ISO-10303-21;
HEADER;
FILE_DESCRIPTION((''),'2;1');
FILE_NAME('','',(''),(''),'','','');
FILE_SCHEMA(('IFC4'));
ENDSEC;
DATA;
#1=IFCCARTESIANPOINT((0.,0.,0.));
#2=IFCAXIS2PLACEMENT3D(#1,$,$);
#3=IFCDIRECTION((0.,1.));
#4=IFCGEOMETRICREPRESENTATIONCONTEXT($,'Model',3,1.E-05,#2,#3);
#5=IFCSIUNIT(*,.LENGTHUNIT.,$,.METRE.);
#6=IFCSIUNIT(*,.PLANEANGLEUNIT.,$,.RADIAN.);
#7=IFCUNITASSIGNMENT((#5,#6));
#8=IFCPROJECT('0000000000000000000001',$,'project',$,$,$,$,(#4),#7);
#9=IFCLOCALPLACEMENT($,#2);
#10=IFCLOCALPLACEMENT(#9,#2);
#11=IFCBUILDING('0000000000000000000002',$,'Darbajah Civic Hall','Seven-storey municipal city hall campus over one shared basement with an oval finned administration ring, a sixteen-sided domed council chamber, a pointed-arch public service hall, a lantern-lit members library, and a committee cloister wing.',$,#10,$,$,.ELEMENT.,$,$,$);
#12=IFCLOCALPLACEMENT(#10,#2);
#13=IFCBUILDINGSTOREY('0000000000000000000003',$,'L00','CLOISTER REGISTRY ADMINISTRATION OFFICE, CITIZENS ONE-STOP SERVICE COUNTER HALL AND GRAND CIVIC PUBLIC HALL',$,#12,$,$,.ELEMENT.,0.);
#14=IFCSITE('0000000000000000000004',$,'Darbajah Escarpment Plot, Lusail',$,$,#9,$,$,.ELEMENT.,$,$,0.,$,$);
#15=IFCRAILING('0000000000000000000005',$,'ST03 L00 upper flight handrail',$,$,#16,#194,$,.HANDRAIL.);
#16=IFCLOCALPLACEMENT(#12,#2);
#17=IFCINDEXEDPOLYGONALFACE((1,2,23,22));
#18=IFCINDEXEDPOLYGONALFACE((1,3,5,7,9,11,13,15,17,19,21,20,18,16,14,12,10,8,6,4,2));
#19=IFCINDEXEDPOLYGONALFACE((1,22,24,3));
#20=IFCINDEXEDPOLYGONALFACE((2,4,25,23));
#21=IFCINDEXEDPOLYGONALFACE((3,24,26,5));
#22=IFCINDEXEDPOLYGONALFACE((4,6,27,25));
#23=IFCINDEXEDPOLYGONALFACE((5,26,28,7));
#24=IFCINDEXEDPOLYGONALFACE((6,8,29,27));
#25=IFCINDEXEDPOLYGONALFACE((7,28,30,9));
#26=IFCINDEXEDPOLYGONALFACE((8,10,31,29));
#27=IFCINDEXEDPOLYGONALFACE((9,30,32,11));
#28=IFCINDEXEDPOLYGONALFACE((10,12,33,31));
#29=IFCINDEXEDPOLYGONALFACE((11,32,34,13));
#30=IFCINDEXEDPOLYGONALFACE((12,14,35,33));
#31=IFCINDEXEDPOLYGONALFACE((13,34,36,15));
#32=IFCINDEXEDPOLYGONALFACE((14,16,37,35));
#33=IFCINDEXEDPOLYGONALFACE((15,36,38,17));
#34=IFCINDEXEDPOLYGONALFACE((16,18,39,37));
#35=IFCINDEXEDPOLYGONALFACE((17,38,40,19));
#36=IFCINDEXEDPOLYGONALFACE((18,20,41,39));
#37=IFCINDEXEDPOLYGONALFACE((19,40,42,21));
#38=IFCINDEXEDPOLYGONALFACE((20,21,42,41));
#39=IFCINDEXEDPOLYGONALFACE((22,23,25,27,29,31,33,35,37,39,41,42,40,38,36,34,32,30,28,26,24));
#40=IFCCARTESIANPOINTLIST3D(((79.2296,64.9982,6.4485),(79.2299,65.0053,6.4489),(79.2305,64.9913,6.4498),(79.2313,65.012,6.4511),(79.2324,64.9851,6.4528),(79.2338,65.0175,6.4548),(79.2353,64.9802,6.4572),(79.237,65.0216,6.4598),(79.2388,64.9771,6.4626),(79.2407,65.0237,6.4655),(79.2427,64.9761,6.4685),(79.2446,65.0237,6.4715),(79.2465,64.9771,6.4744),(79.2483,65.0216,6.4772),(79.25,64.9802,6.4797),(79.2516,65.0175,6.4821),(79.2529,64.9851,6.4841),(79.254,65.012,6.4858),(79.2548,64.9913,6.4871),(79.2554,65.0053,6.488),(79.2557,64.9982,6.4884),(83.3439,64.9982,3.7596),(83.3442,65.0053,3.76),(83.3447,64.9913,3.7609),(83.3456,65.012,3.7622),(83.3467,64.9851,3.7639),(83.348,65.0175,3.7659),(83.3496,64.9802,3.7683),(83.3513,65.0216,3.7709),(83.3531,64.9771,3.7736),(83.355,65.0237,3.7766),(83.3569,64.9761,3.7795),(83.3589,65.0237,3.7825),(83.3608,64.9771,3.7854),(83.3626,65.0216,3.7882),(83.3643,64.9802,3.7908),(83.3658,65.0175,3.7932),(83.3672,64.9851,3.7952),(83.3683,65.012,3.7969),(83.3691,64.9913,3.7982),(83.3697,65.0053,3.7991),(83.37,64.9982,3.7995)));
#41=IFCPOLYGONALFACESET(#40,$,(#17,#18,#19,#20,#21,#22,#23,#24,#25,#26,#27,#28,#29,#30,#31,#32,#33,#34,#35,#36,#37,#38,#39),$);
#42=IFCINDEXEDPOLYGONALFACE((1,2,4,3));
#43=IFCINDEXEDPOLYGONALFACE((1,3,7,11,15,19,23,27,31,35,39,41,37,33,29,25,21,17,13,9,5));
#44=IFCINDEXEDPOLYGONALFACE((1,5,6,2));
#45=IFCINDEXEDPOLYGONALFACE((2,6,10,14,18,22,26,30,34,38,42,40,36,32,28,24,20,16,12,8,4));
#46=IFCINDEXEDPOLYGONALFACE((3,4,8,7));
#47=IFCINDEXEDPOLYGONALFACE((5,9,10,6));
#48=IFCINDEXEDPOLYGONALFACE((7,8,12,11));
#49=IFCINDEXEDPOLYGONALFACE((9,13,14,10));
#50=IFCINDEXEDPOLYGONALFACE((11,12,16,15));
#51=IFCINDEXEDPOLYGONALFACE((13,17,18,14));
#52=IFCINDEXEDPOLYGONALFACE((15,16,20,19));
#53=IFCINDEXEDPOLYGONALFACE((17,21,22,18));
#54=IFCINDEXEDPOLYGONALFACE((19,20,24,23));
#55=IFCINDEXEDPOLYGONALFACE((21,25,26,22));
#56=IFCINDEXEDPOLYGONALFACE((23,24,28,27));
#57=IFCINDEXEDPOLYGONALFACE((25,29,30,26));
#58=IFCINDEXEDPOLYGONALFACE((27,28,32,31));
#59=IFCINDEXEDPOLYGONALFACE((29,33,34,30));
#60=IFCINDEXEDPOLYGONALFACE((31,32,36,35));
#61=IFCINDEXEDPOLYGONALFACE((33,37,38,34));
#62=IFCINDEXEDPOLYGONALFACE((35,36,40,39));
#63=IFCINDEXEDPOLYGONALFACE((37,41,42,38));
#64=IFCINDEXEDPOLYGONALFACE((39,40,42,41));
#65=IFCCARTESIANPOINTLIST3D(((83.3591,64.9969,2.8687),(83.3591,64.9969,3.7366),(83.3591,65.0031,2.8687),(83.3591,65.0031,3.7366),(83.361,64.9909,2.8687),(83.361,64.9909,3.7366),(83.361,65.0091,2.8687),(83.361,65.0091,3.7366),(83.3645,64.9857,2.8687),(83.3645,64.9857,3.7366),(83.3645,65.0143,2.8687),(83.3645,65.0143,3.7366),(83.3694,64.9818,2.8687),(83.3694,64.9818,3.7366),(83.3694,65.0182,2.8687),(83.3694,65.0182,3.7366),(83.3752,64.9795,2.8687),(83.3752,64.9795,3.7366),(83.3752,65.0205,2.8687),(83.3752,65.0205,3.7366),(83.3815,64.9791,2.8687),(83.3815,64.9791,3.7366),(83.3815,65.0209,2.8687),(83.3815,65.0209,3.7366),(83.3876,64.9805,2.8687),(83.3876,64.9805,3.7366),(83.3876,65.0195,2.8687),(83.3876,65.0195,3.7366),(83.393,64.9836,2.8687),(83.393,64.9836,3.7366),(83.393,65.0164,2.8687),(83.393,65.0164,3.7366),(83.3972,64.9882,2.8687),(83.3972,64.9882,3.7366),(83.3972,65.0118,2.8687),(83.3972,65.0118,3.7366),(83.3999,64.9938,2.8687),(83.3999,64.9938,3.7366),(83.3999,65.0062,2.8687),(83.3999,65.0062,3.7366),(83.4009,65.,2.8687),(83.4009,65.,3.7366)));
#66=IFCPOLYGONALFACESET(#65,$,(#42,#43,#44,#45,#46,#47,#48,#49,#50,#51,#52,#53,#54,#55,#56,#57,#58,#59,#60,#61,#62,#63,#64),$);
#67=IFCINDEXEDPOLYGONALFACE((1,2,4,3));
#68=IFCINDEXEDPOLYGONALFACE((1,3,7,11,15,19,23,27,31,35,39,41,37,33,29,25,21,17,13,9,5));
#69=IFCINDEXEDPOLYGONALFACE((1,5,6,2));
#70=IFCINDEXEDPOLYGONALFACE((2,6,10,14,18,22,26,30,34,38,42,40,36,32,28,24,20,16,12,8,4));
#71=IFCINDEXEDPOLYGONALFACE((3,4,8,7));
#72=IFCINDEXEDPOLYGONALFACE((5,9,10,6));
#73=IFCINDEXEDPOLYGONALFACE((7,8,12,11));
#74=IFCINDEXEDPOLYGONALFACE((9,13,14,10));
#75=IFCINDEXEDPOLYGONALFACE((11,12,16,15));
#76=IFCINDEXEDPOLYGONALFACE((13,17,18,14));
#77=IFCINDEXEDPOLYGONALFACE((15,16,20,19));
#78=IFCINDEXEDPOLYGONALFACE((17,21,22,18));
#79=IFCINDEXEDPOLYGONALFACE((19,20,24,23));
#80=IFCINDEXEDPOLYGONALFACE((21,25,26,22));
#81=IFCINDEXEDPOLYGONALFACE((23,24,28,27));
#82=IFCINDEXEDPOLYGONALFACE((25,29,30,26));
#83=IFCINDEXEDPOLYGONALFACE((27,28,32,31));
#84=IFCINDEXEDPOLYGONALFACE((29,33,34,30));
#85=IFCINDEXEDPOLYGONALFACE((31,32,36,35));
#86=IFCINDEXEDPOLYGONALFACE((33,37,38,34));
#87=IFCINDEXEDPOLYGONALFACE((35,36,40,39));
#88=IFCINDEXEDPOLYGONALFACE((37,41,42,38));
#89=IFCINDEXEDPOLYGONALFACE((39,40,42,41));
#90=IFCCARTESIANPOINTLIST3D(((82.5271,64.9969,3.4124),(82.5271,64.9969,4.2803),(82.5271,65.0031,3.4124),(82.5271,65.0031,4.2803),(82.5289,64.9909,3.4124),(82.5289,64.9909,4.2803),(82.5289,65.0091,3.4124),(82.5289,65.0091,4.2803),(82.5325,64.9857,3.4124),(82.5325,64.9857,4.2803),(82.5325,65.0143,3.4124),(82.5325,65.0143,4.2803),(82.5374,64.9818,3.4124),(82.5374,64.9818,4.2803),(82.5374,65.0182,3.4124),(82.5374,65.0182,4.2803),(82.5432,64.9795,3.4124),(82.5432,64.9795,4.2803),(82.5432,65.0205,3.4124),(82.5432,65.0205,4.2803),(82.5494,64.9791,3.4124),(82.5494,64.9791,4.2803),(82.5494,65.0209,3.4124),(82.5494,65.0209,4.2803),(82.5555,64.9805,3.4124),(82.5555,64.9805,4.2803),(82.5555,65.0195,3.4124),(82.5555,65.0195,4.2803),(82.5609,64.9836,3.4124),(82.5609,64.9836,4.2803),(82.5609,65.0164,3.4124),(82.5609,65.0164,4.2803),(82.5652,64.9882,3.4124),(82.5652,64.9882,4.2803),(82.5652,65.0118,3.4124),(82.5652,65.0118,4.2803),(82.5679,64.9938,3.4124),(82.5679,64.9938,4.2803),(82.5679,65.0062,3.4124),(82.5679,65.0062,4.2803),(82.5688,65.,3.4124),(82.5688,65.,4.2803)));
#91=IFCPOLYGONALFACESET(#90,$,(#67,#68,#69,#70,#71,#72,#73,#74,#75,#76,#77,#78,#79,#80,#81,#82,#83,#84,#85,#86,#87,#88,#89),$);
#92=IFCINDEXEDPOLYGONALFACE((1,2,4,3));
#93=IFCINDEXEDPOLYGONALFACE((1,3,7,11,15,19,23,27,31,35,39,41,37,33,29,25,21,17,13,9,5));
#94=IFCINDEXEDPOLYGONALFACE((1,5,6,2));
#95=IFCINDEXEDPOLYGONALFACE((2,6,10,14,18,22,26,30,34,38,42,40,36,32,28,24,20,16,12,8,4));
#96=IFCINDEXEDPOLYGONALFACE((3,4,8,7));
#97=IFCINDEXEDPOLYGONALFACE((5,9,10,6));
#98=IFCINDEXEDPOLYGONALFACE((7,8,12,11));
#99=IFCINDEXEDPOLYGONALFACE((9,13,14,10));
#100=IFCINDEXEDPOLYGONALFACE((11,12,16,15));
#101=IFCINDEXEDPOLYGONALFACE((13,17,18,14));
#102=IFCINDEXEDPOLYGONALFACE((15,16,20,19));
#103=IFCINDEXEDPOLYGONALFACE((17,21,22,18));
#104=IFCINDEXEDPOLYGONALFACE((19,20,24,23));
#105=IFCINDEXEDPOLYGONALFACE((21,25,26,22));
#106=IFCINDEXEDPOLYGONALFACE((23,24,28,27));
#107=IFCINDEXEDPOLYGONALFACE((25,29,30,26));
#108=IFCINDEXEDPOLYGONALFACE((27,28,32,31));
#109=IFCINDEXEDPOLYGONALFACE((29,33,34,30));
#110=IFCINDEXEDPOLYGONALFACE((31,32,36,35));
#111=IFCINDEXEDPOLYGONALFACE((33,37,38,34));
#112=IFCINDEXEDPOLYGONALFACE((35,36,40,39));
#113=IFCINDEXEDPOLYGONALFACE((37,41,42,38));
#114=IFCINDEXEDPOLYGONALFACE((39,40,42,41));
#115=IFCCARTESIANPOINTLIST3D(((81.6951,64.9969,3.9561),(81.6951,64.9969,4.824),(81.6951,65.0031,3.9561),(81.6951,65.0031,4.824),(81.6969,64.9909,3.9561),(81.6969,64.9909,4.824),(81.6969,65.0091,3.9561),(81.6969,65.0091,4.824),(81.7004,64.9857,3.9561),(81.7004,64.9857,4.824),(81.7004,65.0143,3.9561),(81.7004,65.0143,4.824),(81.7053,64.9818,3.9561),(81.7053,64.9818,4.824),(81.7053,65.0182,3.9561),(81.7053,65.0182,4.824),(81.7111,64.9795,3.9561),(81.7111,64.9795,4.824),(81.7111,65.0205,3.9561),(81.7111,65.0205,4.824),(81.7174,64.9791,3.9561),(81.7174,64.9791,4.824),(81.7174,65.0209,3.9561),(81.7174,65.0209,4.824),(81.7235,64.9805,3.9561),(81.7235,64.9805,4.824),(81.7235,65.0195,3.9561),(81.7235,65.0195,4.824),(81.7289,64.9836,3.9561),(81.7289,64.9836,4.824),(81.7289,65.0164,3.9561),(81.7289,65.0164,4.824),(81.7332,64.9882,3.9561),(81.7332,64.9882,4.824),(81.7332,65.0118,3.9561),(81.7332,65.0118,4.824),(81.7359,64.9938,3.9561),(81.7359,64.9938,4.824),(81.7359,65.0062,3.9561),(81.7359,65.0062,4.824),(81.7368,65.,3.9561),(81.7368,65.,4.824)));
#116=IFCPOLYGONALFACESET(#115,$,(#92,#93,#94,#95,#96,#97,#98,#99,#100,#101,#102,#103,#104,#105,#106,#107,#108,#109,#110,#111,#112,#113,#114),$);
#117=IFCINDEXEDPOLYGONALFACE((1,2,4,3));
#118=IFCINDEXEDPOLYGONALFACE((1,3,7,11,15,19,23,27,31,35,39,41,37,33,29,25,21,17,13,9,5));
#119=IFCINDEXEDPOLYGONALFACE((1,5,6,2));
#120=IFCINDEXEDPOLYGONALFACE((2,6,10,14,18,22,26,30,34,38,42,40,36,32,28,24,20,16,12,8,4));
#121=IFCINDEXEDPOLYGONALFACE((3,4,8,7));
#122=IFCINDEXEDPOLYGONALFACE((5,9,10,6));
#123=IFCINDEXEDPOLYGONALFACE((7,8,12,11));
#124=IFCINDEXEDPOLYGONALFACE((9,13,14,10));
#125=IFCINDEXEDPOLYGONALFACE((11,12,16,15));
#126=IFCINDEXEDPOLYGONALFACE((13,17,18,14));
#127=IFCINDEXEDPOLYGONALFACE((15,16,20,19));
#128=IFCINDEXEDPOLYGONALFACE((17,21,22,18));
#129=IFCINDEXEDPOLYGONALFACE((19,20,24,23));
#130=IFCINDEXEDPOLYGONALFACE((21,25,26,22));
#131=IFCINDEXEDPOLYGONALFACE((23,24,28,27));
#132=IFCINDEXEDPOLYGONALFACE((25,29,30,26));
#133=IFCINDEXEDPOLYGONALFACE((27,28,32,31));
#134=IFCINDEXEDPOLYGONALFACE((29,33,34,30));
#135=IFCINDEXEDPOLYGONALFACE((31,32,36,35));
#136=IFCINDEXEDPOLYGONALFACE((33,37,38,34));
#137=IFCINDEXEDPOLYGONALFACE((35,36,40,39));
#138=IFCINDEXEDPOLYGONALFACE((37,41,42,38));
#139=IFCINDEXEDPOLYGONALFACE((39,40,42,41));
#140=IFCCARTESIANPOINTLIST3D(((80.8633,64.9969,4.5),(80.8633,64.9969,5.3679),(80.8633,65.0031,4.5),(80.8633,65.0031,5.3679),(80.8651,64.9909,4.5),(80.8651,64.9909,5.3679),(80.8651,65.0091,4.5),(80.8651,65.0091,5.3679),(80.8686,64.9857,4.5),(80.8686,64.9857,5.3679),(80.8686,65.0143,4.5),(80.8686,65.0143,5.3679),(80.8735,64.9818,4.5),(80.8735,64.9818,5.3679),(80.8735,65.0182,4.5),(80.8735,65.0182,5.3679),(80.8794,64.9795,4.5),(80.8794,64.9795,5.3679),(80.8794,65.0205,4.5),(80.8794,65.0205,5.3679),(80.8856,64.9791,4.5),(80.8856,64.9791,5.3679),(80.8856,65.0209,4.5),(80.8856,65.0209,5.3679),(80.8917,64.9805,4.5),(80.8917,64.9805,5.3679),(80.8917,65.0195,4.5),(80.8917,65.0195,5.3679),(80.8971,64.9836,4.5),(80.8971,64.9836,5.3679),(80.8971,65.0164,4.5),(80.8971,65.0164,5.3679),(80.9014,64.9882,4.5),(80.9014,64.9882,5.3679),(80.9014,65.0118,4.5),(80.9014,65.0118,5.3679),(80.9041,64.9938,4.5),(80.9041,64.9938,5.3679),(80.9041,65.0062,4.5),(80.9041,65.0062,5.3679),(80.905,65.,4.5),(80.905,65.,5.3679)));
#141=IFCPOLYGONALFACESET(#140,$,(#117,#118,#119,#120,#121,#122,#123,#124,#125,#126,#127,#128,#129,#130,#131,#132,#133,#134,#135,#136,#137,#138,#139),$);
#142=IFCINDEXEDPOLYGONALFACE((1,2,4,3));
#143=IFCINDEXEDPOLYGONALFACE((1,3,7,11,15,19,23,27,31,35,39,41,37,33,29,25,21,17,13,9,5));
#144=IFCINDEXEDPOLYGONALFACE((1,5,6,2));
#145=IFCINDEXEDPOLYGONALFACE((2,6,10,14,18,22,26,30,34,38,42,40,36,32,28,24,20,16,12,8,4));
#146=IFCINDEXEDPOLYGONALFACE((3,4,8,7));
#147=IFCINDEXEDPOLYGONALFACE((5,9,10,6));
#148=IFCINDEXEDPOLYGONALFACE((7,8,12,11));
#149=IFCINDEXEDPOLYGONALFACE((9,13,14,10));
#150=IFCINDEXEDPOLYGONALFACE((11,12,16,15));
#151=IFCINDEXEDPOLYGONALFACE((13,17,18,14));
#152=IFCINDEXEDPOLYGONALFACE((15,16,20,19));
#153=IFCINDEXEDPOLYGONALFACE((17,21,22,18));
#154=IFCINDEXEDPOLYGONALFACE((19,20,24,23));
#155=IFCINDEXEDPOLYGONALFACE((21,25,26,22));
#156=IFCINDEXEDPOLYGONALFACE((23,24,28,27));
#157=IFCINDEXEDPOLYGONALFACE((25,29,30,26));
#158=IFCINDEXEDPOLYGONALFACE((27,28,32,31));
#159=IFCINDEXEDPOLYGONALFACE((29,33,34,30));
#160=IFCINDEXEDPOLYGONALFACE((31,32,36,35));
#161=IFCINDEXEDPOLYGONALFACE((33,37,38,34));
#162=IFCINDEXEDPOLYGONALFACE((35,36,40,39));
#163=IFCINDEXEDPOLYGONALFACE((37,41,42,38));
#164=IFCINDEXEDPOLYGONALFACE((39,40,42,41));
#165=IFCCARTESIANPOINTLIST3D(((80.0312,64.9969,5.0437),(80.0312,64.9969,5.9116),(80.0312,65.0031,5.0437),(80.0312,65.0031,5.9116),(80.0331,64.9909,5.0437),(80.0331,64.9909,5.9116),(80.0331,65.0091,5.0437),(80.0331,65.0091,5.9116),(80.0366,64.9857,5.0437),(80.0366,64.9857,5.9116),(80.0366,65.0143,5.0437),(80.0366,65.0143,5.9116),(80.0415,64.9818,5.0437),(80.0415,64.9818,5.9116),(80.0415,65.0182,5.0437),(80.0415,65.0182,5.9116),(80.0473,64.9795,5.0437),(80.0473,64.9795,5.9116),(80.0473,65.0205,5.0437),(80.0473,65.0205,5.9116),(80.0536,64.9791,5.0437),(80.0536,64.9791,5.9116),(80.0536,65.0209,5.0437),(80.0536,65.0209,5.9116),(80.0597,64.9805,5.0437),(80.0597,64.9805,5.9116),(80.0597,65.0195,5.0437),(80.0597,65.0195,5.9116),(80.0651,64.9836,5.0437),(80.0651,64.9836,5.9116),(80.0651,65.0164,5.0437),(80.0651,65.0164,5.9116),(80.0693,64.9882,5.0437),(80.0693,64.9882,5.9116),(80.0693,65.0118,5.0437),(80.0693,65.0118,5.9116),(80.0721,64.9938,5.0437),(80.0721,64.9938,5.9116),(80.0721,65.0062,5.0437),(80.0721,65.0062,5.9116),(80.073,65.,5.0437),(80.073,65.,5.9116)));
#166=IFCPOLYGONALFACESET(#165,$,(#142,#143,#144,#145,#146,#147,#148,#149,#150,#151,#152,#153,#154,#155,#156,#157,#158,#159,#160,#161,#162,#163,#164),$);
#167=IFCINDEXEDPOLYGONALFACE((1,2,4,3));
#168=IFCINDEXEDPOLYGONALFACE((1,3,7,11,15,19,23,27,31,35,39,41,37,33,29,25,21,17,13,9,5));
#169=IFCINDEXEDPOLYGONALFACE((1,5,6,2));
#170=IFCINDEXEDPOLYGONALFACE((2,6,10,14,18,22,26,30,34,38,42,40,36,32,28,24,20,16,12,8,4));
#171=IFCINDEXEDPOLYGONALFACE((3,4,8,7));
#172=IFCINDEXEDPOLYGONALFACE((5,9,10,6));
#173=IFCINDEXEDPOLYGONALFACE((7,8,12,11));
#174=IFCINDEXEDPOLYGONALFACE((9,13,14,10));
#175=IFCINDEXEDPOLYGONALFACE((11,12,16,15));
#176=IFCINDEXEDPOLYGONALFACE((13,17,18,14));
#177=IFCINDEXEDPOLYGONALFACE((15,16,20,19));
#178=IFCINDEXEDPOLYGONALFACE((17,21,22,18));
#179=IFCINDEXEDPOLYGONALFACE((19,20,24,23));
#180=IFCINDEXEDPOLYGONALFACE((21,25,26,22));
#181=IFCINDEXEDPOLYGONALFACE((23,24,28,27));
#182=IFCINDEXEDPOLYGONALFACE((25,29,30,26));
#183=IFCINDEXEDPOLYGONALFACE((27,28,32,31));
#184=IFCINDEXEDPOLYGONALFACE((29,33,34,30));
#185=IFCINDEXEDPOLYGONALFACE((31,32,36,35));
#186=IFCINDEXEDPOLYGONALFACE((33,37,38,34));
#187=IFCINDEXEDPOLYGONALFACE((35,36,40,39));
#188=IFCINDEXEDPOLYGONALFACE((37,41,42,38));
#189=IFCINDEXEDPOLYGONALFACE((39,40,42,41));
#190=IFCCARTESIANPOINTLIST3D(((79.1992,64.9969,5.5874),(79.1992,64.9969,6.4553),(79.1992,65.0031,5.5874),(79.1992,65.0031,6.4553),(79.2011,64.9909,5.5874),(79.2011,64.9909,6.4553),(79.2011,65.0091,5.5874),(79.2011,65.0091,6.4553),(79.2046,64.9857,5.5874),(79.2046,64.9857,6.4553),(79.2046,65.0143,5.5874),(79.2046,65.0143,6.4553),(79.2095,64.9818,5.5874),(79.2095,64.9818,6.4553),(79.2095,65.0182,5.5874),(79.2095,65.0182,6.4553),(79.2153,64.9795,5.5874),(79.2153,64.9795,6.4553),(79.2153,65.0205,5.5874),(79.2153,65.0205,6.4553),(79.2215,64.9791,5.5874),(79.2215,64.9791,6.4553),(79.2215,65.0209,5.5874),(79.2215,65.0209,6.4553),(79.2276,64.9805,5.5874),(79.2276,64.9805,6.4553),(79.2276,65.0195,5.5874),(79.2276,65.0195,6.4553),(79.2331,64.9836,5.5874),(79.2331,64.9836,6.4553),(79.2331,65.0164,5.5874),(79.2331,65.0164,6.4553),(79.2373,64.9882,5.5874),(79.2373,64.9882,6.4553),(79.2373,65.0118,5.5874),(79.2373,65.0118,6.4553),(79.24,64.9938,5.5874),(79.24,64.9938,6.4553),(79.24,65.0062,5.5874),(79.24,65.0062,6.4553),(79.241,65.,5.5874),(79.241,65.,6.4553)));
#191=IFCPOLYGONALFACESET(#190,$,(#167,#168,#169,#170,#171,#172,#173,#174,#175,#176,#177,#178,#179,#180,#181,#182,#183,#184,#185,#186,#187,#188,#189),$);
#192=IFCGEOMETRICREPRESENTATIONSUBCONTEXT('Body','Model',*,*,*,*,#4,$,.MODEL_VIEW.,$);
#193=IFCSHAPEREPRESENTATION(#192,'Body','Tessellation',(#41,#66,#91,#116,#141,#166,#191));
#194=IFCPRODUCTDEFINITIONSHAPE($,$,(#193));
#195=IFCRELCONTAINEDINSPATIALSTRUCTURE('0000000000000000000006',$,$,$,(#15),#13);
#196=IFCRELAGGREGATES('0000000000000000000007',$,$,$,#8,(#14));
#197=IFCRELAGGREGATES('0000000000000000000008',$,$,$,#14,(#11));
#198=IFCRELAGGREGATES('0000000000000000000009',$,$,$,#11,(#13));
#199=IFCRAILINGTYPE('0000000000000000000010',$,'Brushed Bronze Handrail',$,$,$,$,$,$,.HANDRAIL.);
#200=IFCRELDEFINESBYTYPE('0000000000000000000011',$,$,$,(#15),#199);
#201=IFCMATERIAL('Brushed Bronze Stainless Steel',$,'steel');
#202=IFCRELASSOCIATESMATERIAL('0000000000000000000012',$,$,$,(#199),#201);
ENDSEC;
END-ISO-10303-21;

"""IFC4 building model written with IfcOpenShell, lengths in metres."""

from ifc_helpers import new_model, si_unit, direction, frame, origin, origin_2d, place, context, subcontext, project, spatial, circle, extrude, material, type_object, element, save


model = new_model("IFC4")

# Units and contexts
model_context = context("Model", 3, precision=1e-05, world=origin(), true_north=direction((0.0, 1.0)))
body_context = subcontext(model_context, "Body", "Model", "MODEL_VIEW")
ifc_project = project(units=[si_unit("LENGTHUNIT", "METRE"), si_unit("PLANEANGLEUNIT", "RADIAN")], contexts=[model_context])

# Site, building, storey
site_placement = place(None, origin())
site = spatial("IfcSite", under=ifc_project, at=site_placement, Name="Darbajah Escarpment Plot, Lusail", CompositionType="ELEMENT", RefElevation=0.0)
building_placement = place(site_placement, origin())
building = spatial("IfcBuilding", under=site, at=building_placement, Name="Darbajah Civic Hall", Description="Seven-storey municipal city hall campus over one shared basement with an oval finned administration ring, a sixteen-sided domed council chamber, a pointed-arch public service hall, a lantern-lit members library, and a committee cloister wing.", CompositionType="ELEMENT")
storey_placement = place(building_placement, origin())
storey = spatial("IfcBuildingStorey", under=building, at=storey_placement, Name="L00", Description="CLOISTER REGISTRY ADMINISTRATION OFFICE, CITIZENS ONE-STOP SERVICE COUNTER HALL AND GRAND CIVIC PUBLIC HALL", CompositionType="ELEMENT", Elevation=0.0)

# Railing
ifc_material_1 = material(Name="Brushed Bronze Stainless Steel", Category="steel")
railing_type_1 = type_object("IfcRailingType", Name="Brushed Bronze Handrail", PredefinedType="HANDRAIL", material=ifc_material_1)
railing_1_placement = place(storey_placement, frame((83.3799, 65.0, 2.8687)))
element("IfcRailing", 1, at=railing_1_placement, inside=storey, type_object=railing_type_1, Name="ST03 L00 upper flight handrail", PredefinedType="HANDRAIL", context=body_context, shape_type="SweptSolid", body=[
    extrude(circle(Radius=0.0239, at=origin_2d()), frame((-0.0229, 0.0, 0.9109), z_axis=(-0.83708, 0.0, 0.547081), x_axis=(0.0, -1.0, 0.0)), (0.0, 0.0, 1.0), 4.915),
    extrude(circle(Radius=0.021, at=origin_2d()), origin(), (0.0, 0.0, 1.0), 0.8679),
    extrude(circle(Radius=0.021, at=origin_2d()), frame((-0.832, 0.0, 0.5437)), (0.0, 0.0, 1.0), 0.8679),
    extrude(circle(Radius=0.021, at=origin_2d()), frame((-1.6641, 0.0, 1.0874)), (0.0, 0.0, 1.0), 0.8679),
    extrude(circle(Radius=0.021, at=origin_2d()), frame((-2.4958, 0.0, 1.6313)), (0.0, 0.0, 1.0), 0.8679),
    extrude(circle(Radius=0.021, at=origin_2d()), frame((-3.3279, 0.0, 2.175)), (0.0, 0.0, 1.0), 0.8679),
    extrude(circle(Radius=0.021, at=origin_2d()), frame((-4.1599, 0.0, 2.7188)), (0.0, 0.0, 1.0), 0.8679),
])

save(model, "model.ifc")
